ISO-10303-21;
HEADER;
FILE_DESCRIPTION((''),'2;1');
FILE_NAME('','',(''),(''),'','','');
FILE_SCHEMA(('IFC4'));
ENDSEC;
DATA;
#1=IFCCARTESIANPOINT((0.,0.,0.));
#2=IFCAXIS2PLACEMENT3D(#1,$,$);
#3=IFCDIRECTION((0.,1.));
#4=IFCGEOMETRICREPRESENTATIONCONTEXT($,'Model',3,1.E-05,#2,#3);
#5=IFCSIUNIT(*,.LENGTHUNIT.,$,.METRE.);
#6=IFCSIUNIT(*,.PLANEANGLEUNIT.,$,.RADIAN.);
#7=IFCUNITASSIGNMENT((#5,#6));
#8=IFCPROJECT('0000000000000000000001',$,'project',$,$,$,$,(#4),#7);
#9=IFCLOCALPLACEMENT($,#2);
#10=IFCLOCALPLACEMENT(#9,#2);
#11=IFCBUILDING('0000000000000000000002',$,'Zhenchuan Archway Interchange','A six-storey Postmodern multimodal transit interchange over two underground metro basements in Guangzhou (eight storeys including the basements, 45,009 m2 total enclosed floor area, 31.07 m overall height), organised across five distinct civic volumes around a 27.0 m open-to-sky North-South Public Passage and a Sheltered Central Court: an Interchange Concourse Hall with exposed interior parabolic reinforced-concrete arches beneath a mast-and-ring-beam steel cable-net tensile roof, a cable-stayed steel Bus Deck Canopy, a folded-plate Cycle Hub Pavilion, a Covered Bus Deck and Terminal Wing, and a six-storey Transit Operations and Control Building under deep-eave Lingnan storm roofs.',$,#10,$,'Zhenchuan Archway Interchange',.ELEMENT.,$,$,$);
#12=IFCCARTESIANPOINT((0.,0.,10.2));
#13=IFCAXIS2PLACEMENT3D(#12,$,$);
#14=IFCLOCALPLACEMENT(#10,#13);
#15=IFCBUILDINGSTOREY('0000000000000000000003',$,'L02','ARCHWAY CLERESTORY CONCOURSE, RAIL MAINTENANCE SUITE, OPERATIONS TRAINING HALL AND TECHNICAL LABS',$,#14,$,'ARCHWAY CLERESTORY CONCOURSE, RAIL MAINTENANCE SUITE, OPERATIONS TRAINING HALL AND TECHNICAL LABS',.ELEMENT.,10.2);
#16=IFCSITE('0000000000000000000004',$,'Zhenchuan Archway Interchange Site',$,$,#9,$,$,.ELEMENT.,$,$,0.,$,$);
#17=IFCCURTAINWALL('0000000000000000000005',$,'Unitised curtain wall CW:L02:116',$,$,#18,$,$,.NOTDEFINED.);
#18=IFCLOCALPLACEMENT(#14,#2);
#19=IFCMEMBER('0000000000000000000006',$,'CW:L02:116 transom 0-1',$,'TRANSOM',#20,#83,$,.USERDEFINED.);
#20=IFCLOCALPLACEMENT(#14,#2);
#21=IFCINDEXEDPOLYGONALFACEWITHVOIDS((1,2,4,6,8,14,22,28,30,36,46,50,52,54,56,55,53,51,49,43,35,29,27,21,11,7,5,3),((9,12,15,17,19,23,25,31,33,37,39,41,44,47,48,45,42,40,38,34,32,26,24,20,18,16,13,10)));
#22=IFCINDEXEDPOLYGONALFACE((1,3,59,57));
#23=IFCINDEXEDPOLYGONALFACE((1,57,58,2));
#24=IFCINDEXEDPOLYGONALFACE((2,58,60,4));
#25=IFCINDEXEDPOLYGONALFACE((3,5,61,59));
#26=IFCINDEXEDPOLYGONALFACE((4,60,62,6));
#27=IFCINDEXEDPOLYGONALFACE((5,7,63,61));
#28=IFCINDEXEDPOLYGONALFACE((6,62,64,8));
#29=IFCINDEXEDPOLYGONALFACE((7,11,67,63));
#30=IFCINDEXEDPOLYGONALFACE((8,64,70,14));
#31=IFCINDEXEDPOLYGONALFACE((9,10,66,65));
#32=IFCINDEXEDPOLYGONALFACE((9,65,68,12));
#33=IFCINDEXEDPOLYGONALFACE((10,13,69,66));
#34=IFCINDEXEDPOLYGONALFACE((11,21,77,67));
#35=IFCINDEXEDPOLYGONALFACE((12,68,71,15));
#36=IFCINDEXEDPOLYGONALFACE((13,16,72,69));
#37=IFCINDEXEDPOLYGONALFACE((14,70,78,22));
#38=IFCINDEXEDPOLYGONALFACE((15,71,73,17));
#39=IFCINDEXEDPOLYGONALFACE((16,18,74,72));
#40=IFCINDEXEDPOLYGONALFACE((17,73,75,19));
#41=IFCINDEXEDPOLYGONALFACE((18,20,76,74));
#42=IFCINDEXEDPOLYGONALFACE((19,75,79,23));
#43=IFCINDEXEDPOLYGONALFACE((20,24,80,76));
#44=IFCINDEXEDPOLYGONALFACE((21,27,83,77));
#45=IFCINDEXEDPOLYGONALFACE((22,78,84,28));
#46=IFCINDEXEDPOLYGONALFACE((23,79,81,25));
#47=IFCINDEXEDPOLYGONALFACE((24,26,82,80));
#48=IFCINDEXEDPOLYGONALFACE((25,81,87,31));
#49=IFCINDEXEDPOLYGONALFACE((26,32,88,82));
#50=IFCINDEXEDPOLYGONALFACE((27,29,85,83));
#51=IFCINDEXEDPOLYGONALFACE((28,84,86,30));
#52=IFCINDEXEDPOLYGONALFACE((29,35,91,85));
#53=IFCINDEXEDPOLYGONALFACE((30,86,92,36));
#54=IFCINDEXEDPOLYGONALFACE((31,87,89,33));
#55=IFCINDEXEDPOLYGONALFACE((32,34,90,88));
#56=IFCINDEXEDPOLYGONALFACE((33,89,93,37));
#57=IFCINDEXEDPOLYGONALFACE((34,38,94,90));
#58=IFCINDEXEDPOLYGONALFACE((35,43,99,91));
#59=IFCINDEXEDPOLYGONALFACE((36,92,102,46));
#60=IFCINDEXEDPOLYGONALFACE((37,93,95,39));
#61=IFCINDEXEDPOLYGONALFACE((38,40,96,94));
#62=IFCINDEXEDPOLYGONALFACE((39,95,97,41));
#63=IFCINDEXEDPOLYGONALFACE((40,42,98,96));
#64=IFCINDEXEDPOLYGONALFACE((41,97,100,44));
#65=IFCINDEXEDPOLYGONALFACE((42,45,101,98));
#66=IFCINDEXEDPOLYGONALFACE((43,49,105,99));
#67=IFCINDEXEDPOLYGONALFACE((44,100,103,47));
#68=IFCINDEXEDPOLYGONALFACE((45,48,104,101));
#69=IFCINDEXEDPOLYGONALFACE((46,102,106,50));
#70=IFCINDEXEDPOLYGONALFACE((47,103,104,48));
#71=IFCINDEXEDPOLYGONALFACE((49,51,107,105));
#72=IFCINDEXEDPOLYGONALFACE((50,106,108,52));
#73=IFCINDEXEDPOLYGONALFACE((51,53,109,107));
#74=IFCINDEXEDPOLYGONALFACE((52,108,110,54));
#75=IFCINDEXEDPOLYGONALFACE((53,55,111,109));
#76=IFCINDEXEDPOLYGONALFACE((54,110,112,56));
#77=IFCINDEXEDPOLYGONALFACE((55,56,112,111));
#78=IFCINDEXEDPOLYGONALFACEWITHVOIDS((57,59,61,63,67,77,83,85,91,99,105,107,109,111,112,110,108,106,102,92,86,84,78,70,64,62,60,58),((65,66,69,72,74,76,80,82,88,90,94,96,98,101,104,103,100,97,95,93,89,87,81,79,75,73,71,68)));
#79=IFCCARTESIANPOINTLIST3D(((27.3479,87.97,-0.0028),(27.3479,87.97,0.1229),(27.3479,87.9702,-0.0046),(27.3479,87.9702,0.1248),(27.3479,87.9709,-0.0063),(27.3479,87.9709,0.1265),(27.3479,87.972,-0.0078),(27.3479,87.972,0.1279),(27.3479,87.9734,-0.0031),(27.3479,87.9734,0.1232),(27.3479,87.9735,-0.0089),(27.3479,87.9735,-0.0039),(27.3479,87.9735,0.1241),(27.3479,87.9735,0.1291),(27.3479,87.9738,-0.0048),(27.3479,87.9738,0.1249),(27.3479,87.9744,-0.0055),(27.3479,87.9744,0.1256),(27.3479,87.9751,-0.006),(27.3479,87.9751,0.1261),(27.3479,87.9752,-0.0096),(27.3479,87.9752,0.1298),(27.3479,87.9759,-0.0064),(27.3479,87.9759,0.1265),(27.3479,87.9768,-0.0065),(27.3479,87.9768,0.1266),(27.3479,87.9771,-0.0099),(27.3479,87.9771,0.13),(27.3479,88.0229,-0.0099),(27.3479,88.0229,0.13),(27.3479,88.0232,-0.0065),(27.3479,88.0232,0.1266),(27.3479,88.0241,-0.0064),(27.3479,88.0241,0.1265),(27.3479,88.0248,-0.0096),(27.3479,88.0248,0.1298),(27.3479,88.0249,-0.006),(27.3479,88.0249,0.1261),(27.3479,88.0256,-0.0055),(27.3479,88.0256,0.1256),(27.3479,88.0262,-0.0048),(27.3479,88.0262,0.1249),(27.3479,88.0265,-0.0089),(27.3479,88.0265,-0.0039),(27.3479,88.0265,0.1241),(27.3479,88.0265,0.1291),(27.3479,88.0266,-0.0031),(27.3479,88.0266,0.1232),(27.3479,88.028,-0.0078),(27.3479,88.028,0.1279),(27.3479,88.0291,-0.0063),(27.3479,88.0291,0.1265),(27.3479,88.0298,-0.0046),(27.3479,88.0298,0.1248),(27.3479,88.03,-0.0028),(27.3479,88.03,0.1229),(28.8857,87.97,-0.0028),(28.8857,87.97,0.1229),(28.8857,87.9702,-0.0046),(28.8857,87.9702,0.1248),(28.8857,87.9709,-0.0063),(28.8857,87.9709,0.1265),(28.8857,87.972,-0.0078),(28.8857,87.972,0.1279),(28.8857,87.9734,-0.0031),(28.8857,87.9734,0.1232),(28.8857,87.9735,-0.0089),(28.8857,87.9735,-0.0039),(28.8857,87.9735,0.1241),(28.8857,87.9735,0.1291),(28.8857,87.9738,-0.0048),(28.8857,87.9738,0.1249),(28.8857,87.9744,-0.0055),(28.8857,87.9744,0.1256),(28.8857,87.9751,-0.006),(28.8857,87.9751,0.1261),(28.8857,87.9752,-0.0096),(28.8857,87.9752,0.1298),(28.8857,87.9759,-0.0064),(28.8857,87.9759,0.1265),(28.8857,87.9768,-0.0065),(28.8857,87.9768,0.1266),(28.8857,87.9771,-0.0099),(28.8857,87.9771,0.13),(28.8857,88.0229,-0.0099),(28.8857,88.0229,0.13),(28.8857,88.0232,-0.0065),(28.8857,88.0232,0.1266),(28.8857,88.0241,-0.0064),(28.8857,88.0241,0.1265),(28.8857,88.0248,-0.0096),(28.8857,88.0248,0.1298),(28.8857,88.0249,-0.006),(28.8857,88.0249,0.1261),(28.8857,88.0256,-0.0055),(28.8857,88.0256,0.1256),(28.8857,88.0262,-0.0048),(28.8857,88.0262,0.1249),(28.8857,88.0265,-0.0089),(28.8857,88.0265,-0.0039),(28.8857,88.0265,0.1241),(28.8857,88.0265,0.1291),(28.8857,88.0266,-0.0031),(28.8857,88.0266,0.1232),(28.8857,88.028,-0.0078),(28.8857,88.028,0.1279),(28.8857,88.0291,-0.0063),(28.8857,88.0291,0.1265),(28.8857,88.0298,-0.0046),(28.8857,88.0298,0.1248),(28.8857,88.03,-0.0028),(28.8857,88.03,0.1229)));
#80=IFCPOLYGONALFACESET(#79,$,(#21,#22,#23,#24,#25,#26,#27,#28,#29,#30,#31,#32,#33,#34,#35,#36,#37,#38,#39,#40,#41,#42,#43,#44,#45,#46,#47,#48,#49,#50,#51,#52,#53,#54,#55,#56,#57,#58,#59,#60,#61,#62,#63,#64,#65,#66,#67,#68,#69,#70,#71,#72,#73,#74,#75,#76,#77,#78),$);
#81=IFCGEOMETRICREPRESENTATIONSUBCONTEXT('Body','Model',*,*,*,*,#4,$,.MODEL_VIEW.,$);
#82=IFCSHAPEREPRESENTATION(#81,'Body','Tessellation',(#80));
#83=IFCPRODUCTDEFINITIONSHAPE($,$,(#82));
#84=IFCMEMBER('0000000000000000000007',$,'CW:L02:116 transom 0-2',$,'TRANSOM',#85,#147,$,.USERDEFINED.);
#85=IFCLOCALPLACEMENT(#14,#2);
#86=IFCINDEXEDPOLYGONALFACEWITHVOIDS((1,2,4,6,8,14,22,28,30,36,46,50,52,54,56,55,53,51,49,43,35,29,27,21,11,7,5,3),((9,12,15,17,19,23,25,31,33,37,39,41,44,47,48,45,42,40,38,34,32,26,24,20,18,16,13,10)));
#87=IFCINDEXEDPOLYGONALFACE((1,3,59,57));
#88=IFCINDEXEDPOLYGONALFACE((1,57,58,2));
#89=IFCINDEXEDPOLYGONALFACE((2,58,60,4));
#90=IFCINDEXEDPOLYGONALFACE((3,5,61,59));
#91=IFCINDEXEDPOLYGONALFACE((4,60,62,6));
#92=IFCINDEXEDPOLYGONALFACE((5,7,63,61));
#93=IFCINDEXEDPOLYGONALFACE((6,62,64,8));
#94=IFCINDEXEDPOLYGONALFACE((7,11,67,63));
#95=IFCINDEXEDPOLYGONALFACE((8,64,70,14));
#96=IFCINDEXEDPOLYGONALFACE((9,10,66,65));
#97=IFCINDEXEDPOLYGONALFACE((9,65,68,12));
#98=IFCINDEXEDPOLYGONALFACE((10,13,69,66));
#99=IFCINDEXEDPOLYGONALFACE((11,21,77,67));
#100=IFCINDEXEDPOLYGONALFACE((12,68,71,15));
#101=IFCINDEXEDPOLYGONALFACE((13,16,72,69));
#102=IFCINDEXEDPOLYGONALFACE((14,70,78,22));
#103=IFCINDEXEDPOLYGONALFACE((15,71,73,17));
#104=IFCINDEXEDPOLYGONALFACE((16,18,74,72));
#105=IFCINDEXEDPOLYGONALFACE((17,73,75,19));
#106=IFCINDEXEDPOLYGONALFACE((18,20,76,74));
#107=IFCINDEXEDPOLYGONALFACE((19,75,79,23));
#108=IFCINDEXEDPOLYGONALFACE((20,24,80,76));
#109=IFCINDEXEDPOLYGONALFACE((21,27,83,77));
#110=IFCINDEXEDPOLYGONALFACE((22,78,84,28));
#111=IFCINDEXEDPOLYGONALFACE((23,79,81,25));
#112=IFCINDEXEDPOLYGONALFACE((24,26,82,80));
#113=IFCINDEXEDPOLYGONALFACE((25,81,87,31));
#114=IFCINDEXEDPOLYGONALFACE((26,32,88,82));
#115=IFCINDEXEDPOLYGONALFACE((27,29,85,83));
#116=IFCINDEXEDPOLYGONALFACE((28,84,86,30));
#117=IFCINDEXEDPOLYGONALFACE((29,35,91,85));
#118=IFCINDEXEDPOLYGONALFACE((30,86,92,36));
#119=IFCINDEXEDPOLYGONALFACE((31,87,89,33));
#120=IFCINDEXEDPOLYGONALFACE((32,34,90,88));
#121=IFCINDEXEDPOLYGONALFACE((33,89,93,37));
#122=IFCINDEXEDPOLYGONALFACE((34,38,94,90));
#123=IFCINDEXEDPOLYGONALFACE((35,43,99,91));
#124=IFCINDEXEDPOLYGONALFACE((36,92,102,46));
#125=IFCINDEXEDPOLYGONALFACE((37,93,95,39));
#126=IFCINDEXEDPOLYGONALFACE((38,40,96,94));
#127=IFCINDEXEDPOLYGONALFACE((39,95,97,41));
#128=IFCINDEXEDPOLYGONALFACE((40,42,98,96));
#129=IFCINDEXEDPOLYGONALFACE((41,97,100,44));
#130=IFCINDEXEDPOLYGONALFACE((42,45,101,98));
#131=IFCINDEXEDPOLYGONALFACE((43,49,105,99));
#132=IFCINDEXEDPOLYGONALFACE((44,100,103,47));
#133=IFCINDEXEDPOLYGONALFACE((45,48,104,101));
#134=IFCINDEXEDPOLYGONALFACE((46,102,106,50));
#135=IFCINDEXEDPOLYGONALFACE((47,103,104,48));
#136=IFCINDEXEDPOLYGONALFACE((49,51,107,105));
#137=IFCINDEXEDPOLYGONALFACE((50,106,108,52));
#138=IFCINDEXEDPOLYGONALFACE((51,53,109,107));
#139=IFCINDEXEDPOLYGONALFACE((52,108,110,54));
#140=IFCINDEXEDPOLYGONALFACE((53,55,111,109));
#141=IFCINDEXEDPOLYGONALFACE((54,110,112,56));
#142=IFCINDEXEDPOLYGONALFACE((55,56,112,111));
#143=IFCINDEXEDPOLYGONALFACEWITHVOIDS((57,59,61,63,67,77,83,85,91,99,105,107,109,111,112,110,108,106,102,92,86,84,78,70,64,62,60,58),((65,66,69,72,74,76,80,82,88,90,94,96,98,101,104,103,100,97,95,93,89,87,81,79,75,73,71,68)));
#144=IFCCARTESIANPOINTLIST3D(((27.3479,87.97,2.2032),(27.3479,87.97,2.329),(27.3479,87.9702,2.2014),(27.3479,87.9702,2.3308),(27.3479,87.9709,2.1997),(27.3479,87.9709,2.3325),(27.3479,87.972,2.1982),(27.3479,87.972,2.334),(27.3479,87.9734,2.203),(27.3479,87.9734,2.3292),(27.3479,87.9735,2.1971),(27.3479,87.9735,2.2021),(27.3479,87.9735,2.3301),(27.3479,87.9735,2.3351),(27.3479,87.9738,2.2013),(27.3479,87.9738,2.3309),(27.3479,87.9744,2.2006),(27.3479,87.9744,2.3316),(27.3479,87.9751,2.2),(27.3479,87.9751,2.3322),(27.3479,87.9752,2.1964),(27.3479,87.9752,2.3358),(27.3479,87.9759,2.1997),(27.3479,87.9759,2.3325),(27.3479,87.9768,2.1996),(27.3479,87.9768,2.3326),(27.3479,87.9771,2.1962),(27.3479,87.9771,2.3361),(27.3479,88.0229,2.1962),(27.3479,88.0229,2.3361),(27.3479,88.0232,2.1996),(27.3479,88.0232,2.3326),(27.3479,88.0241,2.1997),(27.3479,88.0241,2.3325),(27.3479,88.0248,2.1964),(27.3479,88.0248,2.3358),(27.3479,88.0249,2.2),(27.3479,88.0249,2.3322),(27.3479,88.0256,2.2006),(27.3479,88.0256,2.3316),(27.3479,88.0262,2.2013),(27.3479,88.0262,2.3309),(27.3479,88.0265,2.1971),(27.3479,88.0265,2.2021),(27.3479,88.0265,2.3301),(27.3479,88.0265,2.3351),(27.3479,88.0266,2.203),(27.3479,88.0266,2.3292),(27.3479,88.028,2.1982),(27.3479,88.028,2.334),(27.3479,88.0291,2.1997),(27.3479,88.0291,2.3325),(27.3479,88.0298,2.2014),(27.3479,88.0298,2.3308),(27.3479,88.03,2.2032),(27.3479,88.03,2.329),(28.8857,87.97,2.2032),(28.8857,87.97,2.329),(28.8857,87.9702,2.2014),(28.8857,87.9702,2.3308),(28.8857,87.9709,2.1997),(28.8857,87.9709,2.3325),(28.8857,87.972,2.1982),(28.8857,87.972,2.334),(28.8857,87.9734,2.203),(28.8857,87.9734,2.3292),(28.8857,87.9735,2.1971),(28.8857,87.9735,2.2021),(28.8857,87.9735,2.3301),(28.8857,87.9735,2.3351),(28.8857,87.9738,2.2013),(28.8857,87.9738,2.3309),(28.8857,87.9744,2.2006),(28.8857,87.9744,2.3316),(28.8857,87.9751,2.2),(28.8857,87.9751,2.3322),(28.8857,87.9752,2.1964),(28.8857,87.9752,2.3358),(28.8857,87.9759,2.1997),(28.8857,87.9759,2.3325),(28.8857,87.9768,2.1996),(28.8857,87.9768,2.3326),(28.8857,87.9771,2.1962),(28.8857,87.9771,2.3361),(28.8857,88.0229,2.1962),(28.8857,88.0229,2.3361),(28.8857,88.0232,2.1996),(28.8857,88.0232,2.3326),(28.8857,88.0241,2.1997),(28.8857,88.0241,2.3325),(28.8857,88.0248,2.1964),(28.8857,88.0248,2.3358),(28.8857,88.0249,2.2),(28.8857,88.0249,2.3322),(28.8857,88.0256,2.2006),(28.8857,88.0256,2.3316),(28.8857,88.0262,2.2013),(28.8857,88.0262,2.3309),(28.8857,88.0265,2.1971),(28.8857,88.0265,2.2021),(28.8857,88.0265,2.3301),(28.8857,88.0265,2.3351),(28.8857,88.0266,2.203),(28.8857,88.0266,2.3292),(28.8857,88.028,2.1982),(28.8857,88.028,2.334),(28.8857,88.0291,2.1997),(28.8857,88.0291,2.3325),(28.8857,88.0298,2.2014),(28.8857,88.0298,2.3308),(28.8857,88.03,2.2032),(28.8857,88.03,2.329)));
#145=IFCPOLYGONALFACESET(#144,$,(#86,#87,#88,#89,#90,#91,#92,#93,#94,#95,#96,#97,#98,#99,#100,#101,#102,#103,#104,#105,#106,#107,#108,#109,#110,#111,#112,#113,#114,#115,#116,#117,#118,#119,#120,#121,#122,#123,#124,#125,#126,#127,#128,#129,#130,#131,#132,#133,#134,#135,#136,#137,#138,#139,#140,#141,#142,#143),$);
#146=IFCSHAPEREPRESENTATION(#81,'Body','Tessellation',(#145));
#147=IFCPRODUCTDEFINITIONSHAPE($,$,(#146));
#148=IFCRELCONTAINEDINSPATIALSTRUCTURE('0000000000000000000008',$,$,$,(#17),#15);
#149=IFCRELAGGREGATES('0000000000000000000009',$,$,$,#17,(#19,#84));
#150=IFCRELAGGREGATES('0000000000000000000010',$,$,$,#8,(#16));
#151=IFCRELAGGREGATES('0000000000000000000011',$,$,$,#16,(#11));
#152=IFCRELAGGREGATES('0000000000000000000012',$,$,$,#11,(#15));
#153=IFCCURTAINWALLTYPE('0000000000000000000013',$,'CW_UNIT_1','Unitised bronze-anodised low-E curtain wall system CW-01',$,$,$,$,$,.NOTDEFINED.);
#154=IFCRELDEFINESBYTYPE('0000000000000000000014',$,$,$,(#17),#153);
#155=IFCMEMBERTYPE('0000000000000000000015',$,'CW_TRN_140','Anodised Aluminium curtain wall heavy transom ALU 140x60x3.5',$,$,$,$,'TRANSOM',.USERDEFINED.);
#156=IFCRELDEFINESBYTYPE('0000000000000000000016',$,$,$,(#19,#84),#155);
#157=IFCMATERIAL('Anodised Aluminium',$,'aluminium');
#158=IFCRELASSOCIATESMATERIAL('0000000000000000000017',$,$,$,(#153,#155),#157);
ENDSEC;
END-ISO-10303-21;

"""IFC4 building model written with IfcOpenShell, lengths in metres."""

from ifc_helpers import new_model, si_unit, direction, frame, origin, origin_2d, place, context, subcontext, project, spatial, hollow_rectangle, extrude, material, material_profile, profile_set, type_object, element, aggregate, save


model = new_model("IFC4")

# Units and contexts
model_context = context("Model", 3, precision=1e-05, world=origin(), true_north=direction((0.0, 1.0)))
body_context = subcontext(model_context, "Body", "Model", "MODEL_VIEW")
ifc_project = project(units=[si_unit("LENGTHUNIT", "METRE"), si_unit("PLANEANGLEUNIT", "RADIAN")], contexts=[model_context])

# Site, building, storey
site_placement = place(None, origin())
site = spatial("IfcSite", under=ifc_project, at=site_placement, Name="Zhenchuan Archway Interchange Site", CompositionType="ELEMENT", RefElevation=0.0)
building_placement = place(site_placement, origin())
building = spatial("IfcBuilding", under=site, at=building_placement, Name="Zhenchuan Archway Interchange", Description="A six-storey Postmodern multimodal transit interchange over two underground metro basements in Guangzhou (eight storeys including the basements, 45,009 m2 total enclosed floor area, 31.07 m overall height), organised across five distinct civic volumes around a 27.0 m open-to-sky North-South Public Passage and a Sheltered Central Court: an Interchange Concourse Hall with exposed interior parabolic reinforced-concrete arches beneath a mast-and-ring-beam steel cable-net tensile roof, a cable-stayed steel Bus Deck Canopy, a folded-plate Cycle Hub Pavilion, a Covered Bus Deck and Terminal Wing, and a six-storey Transit Operations and Control Building under deep-eave Lingnan storm roofs.", LongName="Zhenchuan Archway Interchange", CompositionType="ELEMENT")
storey_placement = place(building_placement, frame((0.0, 0.0, 10.2)))
storey = spatial("IfcBuildingStorey", under=building, at=storey_placement, Name="L02", Description="ARCHWAY CLERESTORY CONCOURSE, RAIL MAINTENANCE SUITE, OPERATIONS TRAINING HALL AND TECHNICAL LABS", LongName="ARCHWAY CLERESTORY CONCOURSE, RAIL MAINTENANCE SUITE, OPERATIONS TRAINING HALL AND TECHNICAL LABS", CompositionType="ELEMENT", Elevation=10.2)

# Curtain wall, members
ifc_material_1 = material(Name="Anodised Aluminium", Category="aluminium")
curtain_wall_type = type_object("IfcCurtainWallType", Name="CW_UNIT_1", Description="Unitised bronze-anodised low-E curtain wall system CW-01", PredefinedType="NOTDEFINED", material=ifc_material_1)
curtain_wall_placement = place(storey_placement, origin())
curtain_wall = element("IfcCurtainWall", 1, at=curtain_wall_placement, inside=storey, type_object=curtain_wall_type, Name="Unitised curtain wall CW:L02:116", PredefinedType="NOTDEFINED")
ifc_material_profile_1 = material_profile(ifc_material_1, hollow_rectangle(XDim=0.0601, YDim=0.1399, WallThickness=0.0034, InnerFilletRadius=0.0034, OuterFilletRadius=0.0071, at=origin_2d()), Name="ALU 140x60x3.5")
ifc_profile_set_1 = profile_set([ifc_material_profile_1], Name="Anodised Aluminium")
member_type_1 = type_object("IfcMemberType", Name="CW_TRN_140", Description="Anodised Aluminium curtain wall heavy transom ALU 140x60x3.5", ElementType="TRANSOM", PredefinedType="USERDEFINED", material=ifc_profile_set_1)
member_1_placement = place(storey_placement, frame((27.3479, 88.0, 0.0601), z_axis=(1.0, 0.0, 0.0), x_axis=(0.0, 1.0, 0.0)))
member_1 = element("IfcMember", 2, at=member_1_placement, type_object=member_type_1, Name="CW:L02:116 transom 0-1", ObjectType="TRANSOM", PredefinedType="USERDEFINED", context=body_context, shape_type="SweptSolid", body=[
    extrude(hollow_rectangle(XDim=0.0601, YDim=0.1399, WallThickness=0.0034, InnerFilletRadius=0.0034, OuterFilletRadius=0.0071, at=origin_2d()), origin(), (0.0, 0.0, 1.0), 1.5378),
])
member_2_placement = place(storey_placement, frame((27.3479, 88.0, 2.2661), z_axis=(1.0, 0.0, 0.0), x_axis=(0.0, 1.0, 0.0)))
member_2 = element("IfcMember", 3, at=member_2_placement, type_object=member_type_1, Name="CW:L02:116 transom 0-2", ObjectType="TRANSOM", PredefinedType="USERDEFINED", context=body_context, shape_type="SweptSolid", body=[
    extrude(hollow_rectangle(XDim=0.0601, YDim=0.1399, WallThickness=0.0034, InnerFilletRadius=0.0034, OuterFilletRadius=0.0071, at=origin_2d()), origin(), (0.0, 0.0, 1.0), 1.5378),
])

aggregate(curtain_wall, [member_1, member_2])

save(model, "model.ifc")
